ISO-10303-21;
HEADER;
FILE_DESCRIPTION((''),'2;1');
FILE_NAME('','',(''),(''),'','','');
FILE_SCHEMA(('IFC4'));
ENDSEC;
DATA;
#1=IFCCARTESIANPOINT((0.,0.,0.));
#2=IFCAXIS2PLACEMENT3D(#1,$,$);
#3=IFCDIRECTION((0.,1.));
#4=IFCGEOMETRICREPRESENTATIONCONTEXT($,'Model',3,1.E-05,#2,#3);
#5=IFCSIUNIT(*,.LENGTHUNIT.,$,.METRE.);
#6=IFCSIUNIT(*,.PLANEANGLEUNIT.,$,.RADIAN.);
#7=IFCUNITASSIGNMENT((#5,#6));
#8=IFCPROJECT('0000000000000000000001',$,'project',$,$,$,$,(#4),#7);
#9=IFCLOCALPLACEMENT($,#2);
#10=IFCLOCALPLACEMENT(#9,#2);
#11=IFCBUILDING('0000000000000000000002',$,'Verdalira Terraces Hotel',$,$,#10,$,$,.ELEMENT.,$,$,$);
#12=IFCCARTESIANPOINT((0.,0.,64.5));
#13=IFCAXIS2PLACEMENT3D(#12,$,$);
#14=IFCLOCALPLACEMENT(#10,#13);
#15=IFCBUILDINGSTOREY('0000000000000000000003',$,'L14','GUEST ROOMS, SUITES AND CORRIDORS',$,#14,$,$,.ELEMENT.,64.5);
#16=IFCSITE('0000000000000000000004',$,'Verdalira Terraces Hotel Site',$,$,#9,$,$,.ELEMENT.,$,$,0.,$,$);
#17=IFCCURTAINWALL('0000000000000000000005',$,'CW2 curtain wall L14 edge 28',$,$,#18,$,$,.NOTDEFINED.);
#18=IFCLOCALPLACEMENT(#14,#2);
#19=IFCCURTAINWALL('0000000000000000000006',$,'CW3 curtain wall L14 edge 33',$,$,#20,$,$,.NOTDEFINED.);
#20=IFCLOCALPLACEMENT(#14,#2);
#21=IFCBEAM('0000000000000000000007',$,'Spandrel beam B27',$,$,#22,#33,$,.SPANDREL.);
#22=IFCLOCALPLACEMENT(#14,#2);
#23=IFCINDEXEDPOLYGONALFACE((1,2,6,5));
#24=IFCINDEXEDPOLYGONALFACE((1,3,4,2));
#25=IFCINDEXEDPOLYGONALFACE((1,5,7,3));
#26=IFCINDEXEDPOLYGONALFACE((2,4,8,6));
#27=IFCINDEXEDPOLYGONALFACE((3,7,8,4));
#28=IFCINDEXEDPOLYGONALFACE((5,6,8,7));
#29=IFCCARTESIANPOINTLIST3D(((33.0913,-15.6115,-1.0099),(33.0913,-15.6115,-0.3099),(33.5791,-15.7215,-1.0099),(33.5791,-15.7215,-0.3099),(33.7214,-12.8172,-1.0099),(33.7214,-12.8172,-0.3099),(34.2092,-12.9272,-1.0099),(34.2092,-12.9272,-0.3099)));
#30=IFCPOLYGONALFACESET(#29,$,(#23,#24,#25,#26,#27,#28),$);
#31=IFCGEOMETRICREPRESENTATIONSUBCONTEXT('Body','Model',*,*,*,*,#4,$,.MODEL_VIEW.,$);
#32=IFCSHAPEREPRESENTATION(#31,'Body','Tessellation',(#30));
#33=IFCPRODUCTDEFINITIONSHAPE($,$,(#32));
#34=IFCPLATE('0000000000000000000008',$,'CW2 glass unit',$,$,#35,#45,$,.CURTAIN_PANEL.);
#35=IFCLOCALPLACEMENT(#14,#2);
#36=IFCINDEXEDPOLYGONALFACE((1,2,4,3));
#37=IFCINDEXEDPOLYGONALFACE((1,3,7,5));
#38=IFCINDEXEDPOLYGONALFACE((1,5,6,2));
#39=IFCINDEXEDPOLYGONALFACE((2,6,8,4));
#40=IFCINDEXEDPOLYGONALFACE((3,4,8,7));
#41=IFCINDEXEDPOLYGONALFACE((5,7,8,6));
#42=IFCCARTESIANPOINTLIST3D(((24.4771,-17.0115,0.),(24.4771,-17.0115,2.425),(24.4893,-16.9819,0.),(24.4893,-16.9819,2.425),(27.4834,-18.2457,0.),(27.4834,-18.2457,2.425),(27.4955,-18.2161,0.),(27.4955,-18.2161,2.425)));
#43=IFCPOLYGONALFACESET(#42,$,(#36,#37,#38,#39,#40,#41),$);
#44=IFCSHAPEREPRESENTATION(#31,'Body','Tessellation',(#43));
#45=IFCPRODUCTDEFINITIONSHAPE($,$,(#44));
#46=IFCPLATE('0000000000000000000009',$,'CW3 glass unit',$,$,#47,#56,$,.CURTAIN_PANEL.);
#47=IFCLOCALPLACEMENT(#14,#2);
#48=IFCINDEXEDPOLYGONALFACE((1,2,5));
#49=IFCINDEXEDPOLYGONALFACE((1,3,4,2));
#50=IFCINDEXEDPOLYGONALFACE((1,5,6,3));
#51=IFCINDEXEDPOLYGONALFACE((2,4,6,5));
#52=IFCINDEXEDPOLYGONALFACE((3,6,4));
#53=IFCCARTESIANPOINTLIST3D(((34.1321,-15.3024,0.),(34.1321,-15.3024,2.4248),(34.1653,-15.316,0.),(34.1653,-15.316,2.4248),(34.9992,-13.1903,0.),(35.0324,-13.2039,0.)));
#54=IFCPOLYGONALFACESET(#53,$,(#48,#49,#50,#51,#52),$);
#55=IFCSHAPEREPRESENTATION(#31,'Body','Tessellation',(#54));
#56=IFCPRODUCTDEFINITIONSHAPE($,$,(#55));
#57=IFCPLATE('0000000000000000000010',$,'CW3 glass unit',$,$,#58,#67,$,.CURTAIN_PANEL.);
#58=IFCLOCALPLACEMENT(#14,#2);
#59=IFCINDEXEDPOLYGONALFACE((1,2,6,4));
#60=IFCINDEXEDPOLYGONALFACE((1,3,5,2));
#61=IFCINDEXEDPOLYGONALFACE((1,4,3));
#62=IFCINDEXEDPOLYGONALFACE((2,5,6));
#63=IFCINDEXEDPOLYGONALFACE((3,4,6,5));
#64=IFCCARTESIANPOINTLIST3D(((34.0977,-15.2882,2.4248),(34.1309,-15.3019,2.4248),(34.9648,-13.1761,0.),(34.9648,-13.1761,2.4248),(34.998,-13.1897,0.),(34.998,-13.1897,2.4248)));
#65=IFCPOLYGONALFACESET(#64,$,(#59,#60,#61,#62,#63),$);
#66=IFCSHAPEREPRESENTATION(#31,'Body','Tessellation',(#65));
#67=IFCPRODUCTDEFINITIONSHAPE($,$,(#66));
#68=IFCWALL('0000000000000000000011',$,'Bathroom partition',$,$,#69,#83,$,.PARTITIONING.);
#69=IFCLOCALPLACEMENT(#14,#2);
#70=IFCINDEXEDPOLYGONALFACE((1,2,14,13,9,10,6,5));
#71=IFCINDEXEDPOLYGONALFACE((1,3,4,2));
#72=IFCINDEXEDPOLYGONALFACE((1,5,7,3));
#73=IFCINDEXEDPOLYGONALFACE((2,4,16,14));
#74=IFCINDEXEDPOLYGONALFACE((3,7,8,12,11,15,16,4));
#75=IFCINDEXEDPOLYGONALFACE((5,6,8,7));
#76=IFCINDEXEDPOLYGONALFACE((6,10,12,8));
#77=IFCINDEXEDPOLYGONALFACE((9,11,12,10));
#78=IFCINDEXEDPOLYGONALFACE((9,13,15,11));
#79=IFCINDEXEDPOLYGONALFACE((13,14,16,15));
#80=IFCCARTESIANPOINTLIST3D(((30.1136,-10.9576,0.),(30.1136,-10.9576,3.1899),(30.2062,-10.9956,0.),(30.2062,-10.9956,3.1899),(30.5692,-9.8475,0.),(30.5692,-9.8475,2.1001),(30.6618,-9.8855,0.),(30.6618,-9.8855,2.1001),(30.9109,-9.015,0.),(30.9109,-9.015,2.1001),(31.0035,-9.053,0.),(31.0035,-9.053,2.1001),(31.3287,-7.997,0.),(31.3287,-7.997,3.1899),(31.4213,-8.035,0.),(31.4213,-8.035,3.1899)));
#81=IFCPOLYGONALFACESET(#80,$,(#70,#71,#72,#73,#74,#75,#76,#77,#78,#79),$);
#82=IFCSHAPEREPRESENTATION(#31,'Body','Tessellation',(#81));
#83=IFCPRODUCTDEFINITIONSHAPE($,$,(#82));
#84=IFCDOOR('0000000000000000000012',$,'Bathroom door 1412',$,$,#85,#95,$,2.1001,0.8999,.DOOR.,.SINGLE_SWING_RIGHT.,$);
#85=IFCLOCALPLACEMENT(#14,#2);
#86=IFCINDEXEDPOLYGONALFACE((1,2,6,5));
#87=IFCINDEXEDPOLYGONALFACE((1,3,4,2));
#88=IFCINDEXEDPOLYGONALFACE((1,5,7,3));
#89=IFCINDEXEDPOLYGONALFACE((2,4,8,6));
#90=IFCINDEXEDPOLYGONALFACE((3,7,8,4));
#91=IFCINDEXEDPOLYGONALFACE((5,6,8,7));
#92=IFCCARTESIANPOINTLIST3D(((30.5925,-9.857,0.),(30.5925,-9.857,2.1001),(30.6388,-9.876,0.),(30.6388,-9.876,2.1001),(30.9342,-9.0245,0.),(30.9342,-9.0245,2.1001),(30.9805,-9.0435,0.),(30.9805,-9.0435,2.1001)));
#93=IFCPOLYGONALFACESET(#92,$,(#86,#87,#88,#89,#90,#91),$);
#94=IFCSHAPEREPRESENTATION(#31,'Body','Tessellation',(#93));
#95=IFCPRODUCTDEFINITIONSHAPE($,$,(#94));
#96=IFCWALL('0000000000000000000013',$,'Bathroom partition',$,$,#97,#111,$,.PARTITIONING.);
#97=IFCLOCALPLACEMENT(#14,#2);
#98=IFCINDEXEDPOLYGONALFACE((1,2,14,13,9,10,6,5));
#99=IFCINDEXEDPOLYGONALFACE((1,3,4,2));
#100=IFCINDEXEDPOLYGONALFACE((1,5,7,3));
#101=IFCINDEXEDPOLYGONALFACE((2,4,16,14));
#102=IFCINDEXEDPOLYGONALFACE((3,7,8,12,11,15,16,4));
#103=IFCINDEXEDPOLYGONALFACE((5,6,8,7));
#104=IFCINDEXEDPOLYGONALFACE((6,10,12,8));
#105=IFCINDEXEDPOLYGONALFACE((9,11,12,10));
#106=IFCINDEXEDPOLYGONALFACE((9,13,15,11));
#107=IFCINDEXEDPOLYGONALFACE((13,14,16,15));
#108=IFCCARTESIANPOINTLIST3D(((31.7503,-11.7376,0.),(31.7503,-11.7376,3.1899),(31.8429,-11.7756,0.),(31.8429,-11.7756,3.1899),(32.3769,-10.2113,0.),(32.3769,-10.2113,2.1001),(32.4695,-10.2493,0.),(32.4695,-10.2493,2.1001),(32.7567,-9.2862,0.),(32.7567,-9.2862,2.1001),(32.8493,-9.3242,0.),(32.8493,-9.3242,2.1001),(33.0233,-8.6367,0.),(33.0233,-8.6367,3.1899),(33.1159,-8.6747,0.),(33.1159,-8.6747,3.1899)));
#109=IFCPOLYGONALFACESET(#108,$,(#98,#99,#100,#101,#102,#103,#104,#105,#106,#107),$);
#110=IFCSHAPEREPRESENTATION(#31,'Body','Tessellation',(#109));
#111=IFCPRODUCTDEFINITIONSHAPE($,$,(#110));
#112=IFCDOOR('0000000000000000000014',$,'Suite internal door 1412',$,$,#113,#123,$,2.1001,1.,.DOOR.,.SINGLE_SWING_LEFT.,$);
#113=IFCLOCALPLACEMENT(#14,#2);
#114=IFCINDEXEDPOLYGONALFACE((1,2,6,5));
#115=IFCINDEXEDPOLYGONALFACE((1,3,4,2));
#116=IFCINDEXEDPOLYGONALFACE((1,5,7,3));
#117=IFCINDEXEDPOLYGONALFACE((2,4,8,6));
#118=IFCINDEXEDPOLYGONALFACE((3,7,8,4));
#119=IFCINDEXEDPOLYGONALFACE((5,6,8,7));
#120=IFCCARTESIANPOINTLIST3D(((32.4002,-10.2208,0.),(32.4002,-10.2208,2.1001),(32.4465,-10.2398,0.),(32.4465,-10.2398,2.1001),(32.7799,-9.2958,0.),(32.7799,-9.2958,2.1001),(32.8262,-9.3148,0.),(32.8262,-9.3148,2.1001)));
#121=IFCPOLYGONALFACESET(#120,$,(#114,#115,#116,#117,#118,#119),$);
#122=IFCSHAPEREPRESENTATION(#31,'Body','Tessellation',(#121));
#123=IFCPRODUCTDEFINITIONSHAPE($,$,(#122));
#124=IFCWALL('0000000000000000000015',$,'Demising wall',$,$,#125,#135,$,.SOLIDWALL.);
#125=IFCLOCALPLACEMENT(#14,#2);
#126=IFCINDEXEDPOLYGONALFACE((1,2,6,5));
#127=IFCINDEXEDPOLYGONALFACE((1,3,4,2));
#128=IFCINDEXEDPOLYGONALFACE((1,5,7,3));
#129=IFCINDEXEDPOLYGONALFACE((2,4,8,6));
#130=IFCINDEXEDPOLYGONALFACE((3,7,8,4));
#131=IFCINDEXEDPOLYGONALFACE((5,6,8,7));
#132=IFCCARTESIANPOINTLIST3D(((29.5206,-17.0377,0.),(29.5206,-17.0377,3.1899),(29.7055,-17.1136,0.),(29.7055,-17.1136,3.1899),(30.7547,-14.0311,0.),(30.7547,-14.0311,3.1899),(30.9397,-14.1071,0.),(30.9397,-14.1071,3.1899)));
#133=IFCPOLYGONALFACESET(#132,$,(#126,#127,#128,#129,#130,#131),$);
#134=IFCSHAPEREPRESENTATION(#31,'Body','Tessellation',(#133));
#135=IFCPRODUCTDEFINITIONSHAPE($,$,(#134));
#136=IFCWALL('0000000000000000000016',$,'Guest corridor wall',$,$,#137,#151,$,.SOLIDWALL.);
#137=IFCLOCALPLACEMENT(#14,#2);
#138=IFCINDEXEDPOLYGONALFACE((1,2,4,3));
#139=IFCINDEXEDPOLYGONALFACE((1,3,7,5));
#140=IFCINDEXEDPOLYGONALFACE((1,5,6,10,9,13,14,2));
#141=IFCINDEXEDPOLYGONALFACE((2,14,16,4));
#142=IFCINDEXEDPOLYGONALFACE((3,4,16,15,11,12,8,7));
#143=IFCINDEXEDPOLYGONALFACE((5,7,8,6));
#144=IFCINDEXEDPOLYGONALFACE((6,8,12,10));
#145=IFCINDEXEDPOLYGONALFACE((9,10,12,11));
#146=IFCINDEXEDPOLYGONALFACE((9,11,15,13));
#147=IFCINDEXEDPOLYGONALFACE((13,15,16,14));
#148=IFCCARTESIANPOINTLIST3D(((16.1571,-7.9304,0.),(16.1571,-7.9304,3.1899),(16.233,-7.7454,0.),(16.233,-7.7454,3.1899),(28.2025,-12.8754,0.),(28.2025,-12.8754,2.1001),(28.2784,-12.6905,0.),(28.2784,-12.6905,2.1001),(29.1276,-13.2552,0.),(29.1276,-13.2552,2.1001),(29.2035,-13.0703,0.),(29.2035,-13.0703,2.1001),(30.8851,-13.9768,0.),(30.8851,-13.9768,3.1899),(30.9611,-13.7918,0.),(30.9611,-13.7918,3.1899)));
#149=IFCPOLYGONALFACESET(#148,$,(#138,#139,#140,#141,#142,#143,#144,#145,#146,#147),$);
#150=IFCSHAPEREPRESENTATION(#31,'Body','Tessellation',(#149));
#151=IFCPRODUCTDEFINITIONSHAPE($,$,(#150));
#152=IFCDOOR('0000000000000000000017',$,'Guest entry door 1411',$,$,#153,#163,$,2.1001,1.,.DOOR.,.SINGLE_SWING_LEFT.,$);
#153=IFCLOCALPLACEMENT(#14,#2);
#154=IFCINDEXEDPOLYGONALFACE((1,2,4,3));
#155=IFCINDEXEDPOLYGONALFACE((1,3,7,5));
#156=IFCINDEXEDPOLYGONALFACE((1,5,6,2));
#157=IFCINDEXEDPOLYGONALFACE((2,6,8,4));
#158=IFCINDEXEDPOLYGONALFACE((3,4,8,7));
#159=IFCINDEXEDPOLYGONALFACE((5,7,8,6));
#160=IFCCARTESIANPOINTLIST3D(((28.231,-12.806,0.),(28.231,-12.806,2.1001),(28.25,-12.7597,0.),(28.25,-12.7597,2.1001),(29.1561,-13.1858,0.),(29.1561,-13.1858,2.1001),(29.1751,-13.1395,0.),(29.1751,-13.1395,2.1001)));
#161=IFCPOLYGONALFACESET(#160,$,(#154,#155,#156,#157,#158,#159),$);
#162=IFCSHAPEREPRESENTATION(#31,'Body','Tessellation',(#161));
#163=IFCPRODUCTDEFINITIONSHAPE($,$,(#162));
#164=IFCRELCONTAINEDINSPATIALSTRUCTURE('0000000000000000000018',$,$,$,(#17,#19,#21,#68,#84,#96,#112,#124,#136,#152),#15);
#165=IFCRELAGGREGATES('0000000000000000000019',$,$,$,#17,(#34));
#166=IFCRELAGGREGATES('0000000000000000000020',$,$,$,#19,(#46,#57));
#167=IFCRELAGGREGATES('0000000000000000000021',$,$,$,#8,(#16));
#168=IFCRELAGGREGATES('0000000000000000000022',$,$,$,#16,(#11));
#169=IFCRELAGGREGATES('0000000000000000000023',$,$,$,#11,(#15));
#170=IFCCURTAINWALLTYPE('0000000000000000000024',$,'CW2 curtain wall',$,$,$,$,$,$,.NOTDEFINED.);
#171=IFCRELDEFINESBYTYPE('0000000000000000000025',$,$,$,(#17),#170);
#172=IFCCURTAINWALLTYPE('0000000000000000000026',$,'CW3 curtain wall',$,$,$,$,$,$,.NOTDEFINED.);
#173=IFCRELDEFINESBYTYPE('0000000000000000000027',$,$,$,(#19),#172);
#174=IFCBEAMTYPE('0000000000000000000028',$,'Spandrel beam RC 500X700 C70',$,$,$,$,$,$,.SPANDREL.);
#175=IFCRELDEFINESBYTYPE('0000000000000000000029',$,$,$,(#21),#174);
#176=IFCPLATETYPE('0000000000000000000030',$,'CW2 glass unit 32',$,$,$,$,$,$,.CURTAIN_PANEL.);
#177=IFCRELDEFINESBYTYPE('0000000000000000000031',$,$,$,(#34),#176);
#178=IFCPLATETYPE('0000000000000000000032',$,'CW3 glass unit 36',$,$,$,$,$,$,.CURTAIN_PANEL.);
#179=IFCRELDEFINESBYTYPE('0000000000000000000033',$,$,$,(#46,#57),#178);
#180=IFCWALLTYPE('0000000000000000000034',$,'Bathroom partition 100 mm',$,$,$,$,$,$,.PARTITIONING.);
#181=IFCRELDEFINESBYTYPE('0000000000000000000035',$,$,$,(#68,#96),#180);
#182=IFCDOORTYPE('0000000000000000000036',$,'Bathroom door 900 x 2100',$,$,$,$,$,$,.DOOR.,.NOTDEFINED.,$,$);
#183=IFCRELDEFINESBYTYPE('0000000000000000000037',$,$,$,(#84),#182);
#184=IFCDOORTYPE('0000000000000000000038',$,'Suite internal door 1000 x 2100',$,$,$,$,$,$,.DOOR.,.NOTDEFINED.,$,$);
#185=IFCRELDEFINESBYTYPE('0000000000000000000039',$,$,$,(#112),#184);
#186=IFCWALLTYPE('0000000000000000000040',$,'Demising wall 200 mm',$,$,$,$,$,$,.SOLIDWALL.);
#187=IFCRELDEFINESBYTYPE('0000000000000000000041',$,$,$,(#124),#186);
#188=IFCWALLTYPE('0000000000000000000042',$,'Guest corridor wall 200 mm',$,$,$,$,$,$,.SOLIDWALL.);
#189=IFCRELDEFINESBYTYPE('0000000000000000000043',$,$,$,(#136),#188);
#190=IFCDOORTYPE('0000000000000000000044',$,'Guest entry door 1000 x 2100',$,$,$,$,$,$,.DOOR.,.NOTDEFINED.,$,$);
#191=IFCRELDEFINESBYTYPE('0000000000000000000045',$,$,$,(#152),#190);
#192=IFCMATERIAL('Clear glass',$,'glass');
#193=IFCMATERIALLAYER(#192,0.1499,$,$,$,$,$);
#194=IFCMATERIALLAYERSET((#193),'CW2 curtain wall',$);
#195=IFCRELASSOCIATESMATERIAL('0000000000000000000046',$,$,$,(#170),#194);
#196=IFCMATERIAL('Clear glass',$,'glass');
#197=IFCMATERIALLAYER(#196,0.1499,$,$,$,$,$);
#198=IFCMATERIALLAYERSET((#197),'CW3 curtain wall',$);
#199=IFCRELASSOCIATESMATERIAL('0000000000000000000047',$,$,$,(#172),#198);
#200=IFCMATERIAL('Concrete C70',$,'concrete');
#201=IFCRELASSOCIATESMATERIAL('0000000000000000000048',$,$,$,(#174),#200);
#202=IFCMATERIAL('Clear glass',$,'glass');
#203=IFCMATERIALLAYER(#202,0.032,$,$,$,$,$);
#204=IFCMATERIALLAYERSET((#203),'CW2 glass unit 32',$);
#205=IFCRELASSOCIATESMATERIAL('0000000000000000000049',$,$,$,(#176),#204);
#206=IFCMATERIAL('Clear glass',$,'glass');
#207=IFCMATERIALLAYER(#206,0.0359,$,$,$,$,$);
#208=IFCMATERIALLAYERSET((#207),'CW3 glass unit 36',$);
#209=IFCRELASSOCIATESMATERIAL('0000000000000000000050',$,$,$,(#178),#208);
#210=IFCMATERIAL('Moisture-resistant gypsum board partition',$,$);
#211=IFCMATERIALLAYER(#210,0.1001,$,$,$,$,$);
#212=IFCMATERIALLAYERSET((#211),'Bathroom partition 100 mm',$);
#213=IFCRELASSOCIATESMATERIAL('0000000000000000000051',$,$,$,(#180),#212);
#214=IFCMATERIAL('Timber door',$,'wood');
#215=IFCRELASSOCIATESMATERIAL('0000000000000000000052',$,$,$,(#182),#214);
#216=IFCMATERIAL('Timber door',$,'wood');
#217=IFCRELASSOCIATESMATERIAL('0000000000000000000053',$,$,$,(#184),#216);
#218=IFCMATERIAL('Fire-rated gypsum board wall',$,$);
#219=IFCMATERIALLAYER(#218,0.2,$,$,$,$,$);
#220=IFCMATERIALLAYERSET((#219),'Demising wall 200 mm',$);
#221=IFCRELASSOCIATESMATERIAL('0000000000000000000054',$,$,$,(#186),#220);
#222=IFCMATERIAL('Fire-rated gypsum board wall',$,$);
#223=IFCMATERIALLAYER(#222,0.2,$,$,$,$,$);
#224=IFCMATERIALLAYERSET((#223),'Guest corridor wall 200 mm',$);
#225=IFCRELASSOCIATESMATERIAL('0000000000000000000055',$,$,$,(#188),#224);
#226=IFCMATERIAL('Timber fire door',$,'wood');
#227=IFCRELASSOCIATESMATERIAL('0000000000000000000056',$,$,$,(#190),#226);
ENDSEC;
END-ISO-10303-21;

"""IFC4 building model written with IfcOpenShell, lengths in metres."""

from ifc_helpers import new_model, si_unit, direction, frame, frame_2d, origin, origin_2d, place, context, subcontext, project, spatial, polyline, rectangle, outline, extrude, material, layer, layer_set, material_profile, profile_set, type_object, element, fill, aggregate, save


model = new_model("IFC4")

# Units and contexts
model_context = context("Model", 3, precision=1e-05, world=origin(), true_north=direction((0.0, 1.0)))
body_context = subcontext(model_context, "Body", "Model", "MODEL_VIEW")
ifc_project = project(units=[si_unit("LENGTHUNIT", "METRE"), si_unit("PLANEANGLEUNIT", "RADIAN")], contexts=[model_context])

# Site, building, storey
site_placement = place(None, origin())
site = spatial("IfcSite", under=ifc_project, at=site_placement, Name="Verdalira Terraces Hotel Site", CompositionType="ELEMENT", RefElevation=0.0)
building_placement = place(site_placement, origin())
building = spatial("IfcBuilding", under=site, at=building_placement, Name="Verdalira Terraces Hotel", CompositionType="ELEMENT")
storey_placement = place(building_placement, frame((0.0, 0.0, 64.5)))
storey = spatial("IfcBuildingStorey", under=building, at=storey_placement, Name="L14", Description="GUEST ROOMS, SUITES AND CORRIDORS", CompositionType="ELEMENT", Elevation=64.5)

# Curtain wall
ifc_material_1 = material(Name="Clear glass", Category="glass")
ifc_layer_1 = layer(ifc_material_1, 0.1499)
ifc_layer_set_1 = layer_set([ifc_layer_1], Name="CW2 curtain wall")
curtain_wall_type_1 = type_object("IfcCurtainWallType", Name="CW2 curtain wall", PredefinedType="NOTDEFINED", material=ifc_layer_set_1)
curtain_wall_1_placement = place(storey_placement, origin())
curtain_wall_1 = element("IfcCurtainWall", 1, at=curtain_wall_1_placement, inside=storey, type_object=curtain_wall_type_1, Name="CW2 curtain wall L14 edge 28", PredefinedType="NOTDEFINED")

# Curtain wall
ifc_material_2 = material(Name="Clear glass", Category="glass")
ifc_layer_2 = layer(ifc_material_2, 0.1499)
ifc_layer_set_2 = layer_set([ifc_layer_2], Name="CW3 curtain wall")
curtain_wall_type_2 = type_object("IfcCurtainWallType", Name="CW3 curtain wall", PredefinedType="NOTDEFINED", material=ifc_layer_set_2)
curtain_wall_2_placement = place(storey_placement, origin())
curtain_wall_2 = element("IfcCurtainWall", 2, at=curtain_wall_2_placement, inside=storey, type_object=curtain_wall_type_2, Name="CW3 curtain wall L14 edge 33", PredefinedType="NOTDEFINED")

# Beam
ifc_material_3 = material(Name="Concrete C70", Category="concrete")
ifc_material_profile_1 = material_profile(ifc_material_3, rectangle(XDim=0.5, YDim=0.7, at=origin_2d()), Name="RC 500X700")
ifc_profile_set_1 = profile_set([ifc_material_profile_1], Name="Concrete C70")
beam_type = type_object("IfcBeamType", Name="Spandrel beam RC 500X700 C70", PredefinedType="SPANDREL", material=ifc_profile_set_1)
beam_1_placement = place(storey_placement, frame((33.3352, -15.6665, -0.6599), z_axis=(0.219971, 0.975507, 0.0), x_axis=(-0.975507, 0.219971, 0.0)))
element("IfcBeam", 3, at=beam_1_placement, inside=storey, type_object=beam_type, Name="Spandrel beam B27", PredefinedType="SPANDREL", context=body_context, shape_type="SweptSolid", body=[
    extrude(rectangle(XDim=0.5, YDim=0.7, at=origin_2d()), origin(), (0.0, 0.0, 1.0), 2.8645),
])

# Plates
ifc_material_4 = material(Name="Clear glass", Category="glass")
ifc_layer_3 = layer(ifc_material_4, 0.032)
ifc_layer_set_3 = layer_set([ifc_layer_3], Name="CW2 glass unit 32")
plate_type_1 = type_object("IfcPlateType", Name="CW2 glass unit 32", PredefinedType="CURTAIN_PANEL", material=ifc_layer_set_3)
plate_1_placement = place(storey_placement, frame((25.9863, -17.6138, 0.0), z_axis=(0.0, 0.0, 1.0), x_axis=(0.925077, -0.379779, 0.0)))
plate_1 = element("IfcPlate", 4, at=plate_1_placement, type_object=plate_type_1, Name="CW2 glass unit", PredefinedType="CURTAIN_PANEL", context=body_context, shape_type="SweptSolid", body=[
    extrude(rectangle(XDim=3.2498, YDim=0.032, at=origin_2d()), origin(), (0.0, 0.0, 1.0), 2.425),
])
aggregate(curtain_wall_1, [plate_1])
ifc_material_5 = material(Name="Clear glass", Category="glass")
ifc_layer_4 = layer(ifc_material_5, 0.0359)
ifc_layer_set_4 = layer_set([ifc_layer_4], Name="CW3 glass unit 36")
plate_type_2 = type_object("IfcPlateType", Name="CW3 glass unit 36", PredefinedType="CURTAIN_PANEL", material=ifc_layer_set_4)
plate_2_placement = place(storey_placement, frame((34.5657, -14.2463, 1.2124), z_axis=(0.925077, -0.379779, 0.0), x_axis=(0.379779, 0.925077, 0.0)))
plate_2 = element("IfcPlate", 5, at=plate_2_placement, type_object=plate_type_2, Name="CW3 glass unit", PredefinedType="CURTAIN_PANEL", context=body_context, shape_type="SweptSolid", body=[
    extrude(outline(polyline([(-1.1416, -1.2124), (1.1416, -1.2124), (-1.1416, 1.2124), (-1.1416, -1.2124)])), origin(), (0.0, 0.0, 1.0), 0.0359),
])
plate_3_placement = place(storey_placement, frame((34.5312, -14.2322, 1.2124), z_axis=(0.925077, -0.379779, 0.0), x_axis=(0.379779, 0.925077, 0.0)))
plate_3 = element("IfcPlate", 6, at=plate_3_placement, type_object=plate_type_2, Name="CW3 glass unit", PredefinedType="CURTAIN_PANEL", context=body_context, shape_type="SweptSolid", body=[
    extrude(outline(polyline([(1.1416, -1.2124), (1.1416, 1.2124), (-1.1416, 1.2124), (1.1416, -1.2124)])), origin(), (0.0, 0.0, 1.0), 0.0359),
])
aggregate(curtain_wall_2, [plate_2, plate_3])

# Walls, openings, doors
ifc_material_6 = material(Name="Moisture-resistant gypsum board partition")
ifc_layer_5 = layer(ifc_material_6, 0.1001)
ifc_layer_set_5 = layer_set([ifc_layer_5], Name="Bathroom partition 100 mm")
wall_type_1 = type_object("IfcWallType", Name="Bathroom partition 100 mm", PredefinedType="PARTITIONING", material=ifc_layer_set_5)
wall_1_placement = place(storey_placement, frame((30.1599, -10.9766, 0.0), z_axis=(0.0, 0.0, 1.0), x_axis=(0.379702, 0.925109, 0.0)))
wall_1 = element("IfcWall", 7, at=wall_1_placement, inside=storey, type_object=wall_type_1, Name="Bathroom partition", PredefinedType="PARTITIONING", context=body_context, shape_type="SweptSolid", body=[
    extrude(rectangle(XDim=3.2002, YDim=0.1001, at=frame_2d((1.6001, 0.0))), origin(), (0.0, 0.0, 1.0), 3.1899),
])
opening_1_placement = place(wall_1_placement, frame((1.2, 0.0, 0.0)))
opening_1 = element("IfcOpeningElement", 8, at=opening_1_placement, cuts=wall_1, PredefinedType="OPENING", context=body_context, shape_type="SweptSolid", body=[
    extrude(rectangle(XDim=0.8999, YDim=2.1001, at=frame_2d((0.45, 1.05))), frame((0.0, 0.0601, 0.0), z_axis=(0.0, -1.0, 0.0), x_axis=(1.0, 0.0, 0.0)), (0.0, 0.0, 1.0), 0.1201),
])
ifc_material_7 = material(Name="Timber door", Category="wood")
door_type_1 = type_object("IfcDoorType", Name="Bathroom door 900 x 2100", OperationType="NOTDEFINED", PredefinedType="DOOR", material=ifc_material_7)
door_1_placement = place(opening_1_placement, origin())
door_1 = element("IfcDoor", 9, at=door_1_placement, inside=storey, type_object=door_type_1, Name="Bathroom door 1412", OperationType="SINGLE_SWING_RIGHT", OverallHeight=2.1001, OverallWidth=0.8999, PredefinedType="DOOR", context=body_context, shape_type="SweptSolid", body=[
    extrude(rectangle(XDim=0.8999, YDim=2.1001, at=frame_2d((0.45, 1.05))), frame((0.0, 0.0249, 0.0), z_axis=(0.0, -1.0, 0.0), x_axis=(1.0, 0.0, 0.0)), (0.0, 0.0, 1.0), 0.05),
])
fill(opening_1, door_1)
wall_2_placement = place(storey_placement, frame((31.7966, -11.7566, 0.0), z_axis=(0.0, 0.0, 1.0), x_axis=(0.379764, 0.925083, 0.0)))
wall_2 = element("IfcWall", 10, at=wall_2_placement, inside=storey, type_object=wall_type_1, Name="Bathroom partition", PredefinedType="PARTITIONING", context=body_context, shape_type="SweptSolid", body=[
    extrude(rectangle(XDim=3.3521, YDim=0.1001, at=frame_2d((1.676, 0.0))), origin(), (0.0, 0.0, 1.0), 3.1899),
])
opening_2_placement = place(wall_2_placement, frame((1.6499, 0.0, 0.0)))
opening_2 = element("IfcOpeningElement", 11, at=opening_2_placement, cuts=wall_2, PredefinedType="OPENING", context=body_context, shape_type="SweptSolid", body=[
    extrude(rectangle(XDim=1.0, YDim=2.1001, at=frame_2d((0.5, 1.05))), frame((0.0, 0.0601, 0.0), z_axis=(0.0, -1.0, 0.0), x_axis=(1.0, 0.0, 0.0)), (0.0, 0.0, 1.0), 0.1201),
])
ifc_material_8 = material(Name="Timber door", Category="wood")
door_type_2 = type_object("IfcDoorType", Name="Suite internal door 1000 x 2100", OperationType="NOTDEFINED", PredefinedType="DOOR", material=ifc_material_8)
door_2_placement = place(opening_2_placement, origin())
door_2 = element("IfcDoor", 12, at=door_2_placement, inside=storey, type_object=door_type_2, Name="Suite internal door 1412", OperationType="SINGLE_SWING_LEFT", OverallHeight=2.1001, OverallWidth=1.0, PredefinedType="DOOR", context=body_context, shape_type="SweptSolid", body=[
    extrude(rectangle(XDim=1.0, YDim=2.1001, at=frame_2d((0.5, 1.05))), frame((0.0, 0.0249, 0.0), z_axis=(0.0, -1.0, 0.0), x_axis=(1.0, 0.0, 0.0)), (0.0, 0.0, 1.0), 0.05),
])
fill(opening_2, door_2)

# Wall
ifc_material_9 = material(Name="Fire-rated gypsum board wall")
ifc_layer_6 = layer(ifc_material_9, 0.2)
ifc_layer_set_6 = layer_set([ifc_layer_6], Name="Demising wall 200 mm")
wall_type_2 = type_object("IfcWallType", Name="Demising wall 200 mm", PredefinedType="SOLIDWALL", material=ifc_layer_set_6)
wall_3_placement = place(storey_placement, frame((30.8472, -14.0691, 0.0), z_axis=(0.0, 0.0, 1.0), x_axis=(-0.379729, -0.925098, 0.0)))
element("IfcWall", 13, at=wall_3_placement, inside=storey, type_object=wall_type_2, Name="Demising wall", PredefinedType="SOLIDWALL", context=body_context, shape_type="SweptSolid", body=[
    extrude(rectangle(XDim=3.25, YDim=0.2, at=frame_2d((1.625, 0.0))), origin(), (0.0, 0.0, 1.0), 3.1899),
])

# Wall, opening, door
ifc_material_10 = material(Name="Fire-rated gypsum board wall")
ifc_layer_7 = layer(ifc_material_10, 0.2)
ifc_layer_set_7 = layer_set([ifc_layer_7], Name="Guest corridor wall 200 mm")
wall_type_3 = type_object("IfcWallType", Name="Guest corridor wall 200 mm", PredefinedType="SOLIDWALL", material=ifc_layer_set_7)
wall_4_placement = place(storey_placement, frame((30.9231, -13.8843, 0.0), z_axis=(0.0, 0.0, 1.0), x_axis=(-0.925078, 0.379778, 0.0)))
wall_4 = element("IfcWall", 14, at=wall_4_placement, inside=storey, type_object=wall_type_3, Name="Guest corridor wall", PredefinedType="SOLIDWALL", context=body_context, shape_type="SweptSolid", body=[
    extrude(rectangle(XDim=15.9209, YDim=0.2, at=frame_2d((7.9604, 0.0))), origin(), (0.0, 0.0, 1.0), 3.1899),
])
opening_3_placement = place(wall_4_placement, frame((1.8999, 0.0, 0.0)))
opening_3 = element("IfcOpeningElement", 15, at=opening_3_placement, cuts=wall_4, PredefinedType="OPENING", context=body_context, shape_type="SweptSolid", body=[
    extrude(rectangle(XDim=1.0, YDim=2.1001, at=frame_2d((0.5, 1.05))), frame((0.0, 0.1099, 0.0), z_axis=(0.0, -1.0, 0.0), x_axis=(1.0, 0.0, 0.0)), (0.0, 0.0, 1.0), 0.22),
])
ifc_material_11 = material(Name="Timber fire door", Category="wood")
door_type_3 = type_object("IfcDoorType", Name="Guest entry door 1000 x 2100", OperationType="NOTDEFINED", PredefinedType="DOOR", material=ifc_material_11)
door_3_placement = place(opening_3_placement, origin())
door_3 = element("IfcDoor", 16, at=door_3_placement, inside=storey, type_object=door_type_3, Name="Guest entry door 1411", OperationType="SINGLE_SWING_LEFT", OverallHeight=2.1001, OverallWidth=1.0, PredefinedType="DOOR", context=body_context, shape_type="SweptSolid", body=[
    extrude(rectangle(XDim=1.0, YDim=2.1001, at=frame_2d((0.5, 1.05))), frame((0.0, 0.0249, 0.0), z_axis=(0.0, -1.0, 0.0), x_axis=(1.0, 0.0, 0.0)), (0.0, 0.0, 1.0), 0.05),
])
fill(opening_3, door_3)

save(model, "model.ifc")
